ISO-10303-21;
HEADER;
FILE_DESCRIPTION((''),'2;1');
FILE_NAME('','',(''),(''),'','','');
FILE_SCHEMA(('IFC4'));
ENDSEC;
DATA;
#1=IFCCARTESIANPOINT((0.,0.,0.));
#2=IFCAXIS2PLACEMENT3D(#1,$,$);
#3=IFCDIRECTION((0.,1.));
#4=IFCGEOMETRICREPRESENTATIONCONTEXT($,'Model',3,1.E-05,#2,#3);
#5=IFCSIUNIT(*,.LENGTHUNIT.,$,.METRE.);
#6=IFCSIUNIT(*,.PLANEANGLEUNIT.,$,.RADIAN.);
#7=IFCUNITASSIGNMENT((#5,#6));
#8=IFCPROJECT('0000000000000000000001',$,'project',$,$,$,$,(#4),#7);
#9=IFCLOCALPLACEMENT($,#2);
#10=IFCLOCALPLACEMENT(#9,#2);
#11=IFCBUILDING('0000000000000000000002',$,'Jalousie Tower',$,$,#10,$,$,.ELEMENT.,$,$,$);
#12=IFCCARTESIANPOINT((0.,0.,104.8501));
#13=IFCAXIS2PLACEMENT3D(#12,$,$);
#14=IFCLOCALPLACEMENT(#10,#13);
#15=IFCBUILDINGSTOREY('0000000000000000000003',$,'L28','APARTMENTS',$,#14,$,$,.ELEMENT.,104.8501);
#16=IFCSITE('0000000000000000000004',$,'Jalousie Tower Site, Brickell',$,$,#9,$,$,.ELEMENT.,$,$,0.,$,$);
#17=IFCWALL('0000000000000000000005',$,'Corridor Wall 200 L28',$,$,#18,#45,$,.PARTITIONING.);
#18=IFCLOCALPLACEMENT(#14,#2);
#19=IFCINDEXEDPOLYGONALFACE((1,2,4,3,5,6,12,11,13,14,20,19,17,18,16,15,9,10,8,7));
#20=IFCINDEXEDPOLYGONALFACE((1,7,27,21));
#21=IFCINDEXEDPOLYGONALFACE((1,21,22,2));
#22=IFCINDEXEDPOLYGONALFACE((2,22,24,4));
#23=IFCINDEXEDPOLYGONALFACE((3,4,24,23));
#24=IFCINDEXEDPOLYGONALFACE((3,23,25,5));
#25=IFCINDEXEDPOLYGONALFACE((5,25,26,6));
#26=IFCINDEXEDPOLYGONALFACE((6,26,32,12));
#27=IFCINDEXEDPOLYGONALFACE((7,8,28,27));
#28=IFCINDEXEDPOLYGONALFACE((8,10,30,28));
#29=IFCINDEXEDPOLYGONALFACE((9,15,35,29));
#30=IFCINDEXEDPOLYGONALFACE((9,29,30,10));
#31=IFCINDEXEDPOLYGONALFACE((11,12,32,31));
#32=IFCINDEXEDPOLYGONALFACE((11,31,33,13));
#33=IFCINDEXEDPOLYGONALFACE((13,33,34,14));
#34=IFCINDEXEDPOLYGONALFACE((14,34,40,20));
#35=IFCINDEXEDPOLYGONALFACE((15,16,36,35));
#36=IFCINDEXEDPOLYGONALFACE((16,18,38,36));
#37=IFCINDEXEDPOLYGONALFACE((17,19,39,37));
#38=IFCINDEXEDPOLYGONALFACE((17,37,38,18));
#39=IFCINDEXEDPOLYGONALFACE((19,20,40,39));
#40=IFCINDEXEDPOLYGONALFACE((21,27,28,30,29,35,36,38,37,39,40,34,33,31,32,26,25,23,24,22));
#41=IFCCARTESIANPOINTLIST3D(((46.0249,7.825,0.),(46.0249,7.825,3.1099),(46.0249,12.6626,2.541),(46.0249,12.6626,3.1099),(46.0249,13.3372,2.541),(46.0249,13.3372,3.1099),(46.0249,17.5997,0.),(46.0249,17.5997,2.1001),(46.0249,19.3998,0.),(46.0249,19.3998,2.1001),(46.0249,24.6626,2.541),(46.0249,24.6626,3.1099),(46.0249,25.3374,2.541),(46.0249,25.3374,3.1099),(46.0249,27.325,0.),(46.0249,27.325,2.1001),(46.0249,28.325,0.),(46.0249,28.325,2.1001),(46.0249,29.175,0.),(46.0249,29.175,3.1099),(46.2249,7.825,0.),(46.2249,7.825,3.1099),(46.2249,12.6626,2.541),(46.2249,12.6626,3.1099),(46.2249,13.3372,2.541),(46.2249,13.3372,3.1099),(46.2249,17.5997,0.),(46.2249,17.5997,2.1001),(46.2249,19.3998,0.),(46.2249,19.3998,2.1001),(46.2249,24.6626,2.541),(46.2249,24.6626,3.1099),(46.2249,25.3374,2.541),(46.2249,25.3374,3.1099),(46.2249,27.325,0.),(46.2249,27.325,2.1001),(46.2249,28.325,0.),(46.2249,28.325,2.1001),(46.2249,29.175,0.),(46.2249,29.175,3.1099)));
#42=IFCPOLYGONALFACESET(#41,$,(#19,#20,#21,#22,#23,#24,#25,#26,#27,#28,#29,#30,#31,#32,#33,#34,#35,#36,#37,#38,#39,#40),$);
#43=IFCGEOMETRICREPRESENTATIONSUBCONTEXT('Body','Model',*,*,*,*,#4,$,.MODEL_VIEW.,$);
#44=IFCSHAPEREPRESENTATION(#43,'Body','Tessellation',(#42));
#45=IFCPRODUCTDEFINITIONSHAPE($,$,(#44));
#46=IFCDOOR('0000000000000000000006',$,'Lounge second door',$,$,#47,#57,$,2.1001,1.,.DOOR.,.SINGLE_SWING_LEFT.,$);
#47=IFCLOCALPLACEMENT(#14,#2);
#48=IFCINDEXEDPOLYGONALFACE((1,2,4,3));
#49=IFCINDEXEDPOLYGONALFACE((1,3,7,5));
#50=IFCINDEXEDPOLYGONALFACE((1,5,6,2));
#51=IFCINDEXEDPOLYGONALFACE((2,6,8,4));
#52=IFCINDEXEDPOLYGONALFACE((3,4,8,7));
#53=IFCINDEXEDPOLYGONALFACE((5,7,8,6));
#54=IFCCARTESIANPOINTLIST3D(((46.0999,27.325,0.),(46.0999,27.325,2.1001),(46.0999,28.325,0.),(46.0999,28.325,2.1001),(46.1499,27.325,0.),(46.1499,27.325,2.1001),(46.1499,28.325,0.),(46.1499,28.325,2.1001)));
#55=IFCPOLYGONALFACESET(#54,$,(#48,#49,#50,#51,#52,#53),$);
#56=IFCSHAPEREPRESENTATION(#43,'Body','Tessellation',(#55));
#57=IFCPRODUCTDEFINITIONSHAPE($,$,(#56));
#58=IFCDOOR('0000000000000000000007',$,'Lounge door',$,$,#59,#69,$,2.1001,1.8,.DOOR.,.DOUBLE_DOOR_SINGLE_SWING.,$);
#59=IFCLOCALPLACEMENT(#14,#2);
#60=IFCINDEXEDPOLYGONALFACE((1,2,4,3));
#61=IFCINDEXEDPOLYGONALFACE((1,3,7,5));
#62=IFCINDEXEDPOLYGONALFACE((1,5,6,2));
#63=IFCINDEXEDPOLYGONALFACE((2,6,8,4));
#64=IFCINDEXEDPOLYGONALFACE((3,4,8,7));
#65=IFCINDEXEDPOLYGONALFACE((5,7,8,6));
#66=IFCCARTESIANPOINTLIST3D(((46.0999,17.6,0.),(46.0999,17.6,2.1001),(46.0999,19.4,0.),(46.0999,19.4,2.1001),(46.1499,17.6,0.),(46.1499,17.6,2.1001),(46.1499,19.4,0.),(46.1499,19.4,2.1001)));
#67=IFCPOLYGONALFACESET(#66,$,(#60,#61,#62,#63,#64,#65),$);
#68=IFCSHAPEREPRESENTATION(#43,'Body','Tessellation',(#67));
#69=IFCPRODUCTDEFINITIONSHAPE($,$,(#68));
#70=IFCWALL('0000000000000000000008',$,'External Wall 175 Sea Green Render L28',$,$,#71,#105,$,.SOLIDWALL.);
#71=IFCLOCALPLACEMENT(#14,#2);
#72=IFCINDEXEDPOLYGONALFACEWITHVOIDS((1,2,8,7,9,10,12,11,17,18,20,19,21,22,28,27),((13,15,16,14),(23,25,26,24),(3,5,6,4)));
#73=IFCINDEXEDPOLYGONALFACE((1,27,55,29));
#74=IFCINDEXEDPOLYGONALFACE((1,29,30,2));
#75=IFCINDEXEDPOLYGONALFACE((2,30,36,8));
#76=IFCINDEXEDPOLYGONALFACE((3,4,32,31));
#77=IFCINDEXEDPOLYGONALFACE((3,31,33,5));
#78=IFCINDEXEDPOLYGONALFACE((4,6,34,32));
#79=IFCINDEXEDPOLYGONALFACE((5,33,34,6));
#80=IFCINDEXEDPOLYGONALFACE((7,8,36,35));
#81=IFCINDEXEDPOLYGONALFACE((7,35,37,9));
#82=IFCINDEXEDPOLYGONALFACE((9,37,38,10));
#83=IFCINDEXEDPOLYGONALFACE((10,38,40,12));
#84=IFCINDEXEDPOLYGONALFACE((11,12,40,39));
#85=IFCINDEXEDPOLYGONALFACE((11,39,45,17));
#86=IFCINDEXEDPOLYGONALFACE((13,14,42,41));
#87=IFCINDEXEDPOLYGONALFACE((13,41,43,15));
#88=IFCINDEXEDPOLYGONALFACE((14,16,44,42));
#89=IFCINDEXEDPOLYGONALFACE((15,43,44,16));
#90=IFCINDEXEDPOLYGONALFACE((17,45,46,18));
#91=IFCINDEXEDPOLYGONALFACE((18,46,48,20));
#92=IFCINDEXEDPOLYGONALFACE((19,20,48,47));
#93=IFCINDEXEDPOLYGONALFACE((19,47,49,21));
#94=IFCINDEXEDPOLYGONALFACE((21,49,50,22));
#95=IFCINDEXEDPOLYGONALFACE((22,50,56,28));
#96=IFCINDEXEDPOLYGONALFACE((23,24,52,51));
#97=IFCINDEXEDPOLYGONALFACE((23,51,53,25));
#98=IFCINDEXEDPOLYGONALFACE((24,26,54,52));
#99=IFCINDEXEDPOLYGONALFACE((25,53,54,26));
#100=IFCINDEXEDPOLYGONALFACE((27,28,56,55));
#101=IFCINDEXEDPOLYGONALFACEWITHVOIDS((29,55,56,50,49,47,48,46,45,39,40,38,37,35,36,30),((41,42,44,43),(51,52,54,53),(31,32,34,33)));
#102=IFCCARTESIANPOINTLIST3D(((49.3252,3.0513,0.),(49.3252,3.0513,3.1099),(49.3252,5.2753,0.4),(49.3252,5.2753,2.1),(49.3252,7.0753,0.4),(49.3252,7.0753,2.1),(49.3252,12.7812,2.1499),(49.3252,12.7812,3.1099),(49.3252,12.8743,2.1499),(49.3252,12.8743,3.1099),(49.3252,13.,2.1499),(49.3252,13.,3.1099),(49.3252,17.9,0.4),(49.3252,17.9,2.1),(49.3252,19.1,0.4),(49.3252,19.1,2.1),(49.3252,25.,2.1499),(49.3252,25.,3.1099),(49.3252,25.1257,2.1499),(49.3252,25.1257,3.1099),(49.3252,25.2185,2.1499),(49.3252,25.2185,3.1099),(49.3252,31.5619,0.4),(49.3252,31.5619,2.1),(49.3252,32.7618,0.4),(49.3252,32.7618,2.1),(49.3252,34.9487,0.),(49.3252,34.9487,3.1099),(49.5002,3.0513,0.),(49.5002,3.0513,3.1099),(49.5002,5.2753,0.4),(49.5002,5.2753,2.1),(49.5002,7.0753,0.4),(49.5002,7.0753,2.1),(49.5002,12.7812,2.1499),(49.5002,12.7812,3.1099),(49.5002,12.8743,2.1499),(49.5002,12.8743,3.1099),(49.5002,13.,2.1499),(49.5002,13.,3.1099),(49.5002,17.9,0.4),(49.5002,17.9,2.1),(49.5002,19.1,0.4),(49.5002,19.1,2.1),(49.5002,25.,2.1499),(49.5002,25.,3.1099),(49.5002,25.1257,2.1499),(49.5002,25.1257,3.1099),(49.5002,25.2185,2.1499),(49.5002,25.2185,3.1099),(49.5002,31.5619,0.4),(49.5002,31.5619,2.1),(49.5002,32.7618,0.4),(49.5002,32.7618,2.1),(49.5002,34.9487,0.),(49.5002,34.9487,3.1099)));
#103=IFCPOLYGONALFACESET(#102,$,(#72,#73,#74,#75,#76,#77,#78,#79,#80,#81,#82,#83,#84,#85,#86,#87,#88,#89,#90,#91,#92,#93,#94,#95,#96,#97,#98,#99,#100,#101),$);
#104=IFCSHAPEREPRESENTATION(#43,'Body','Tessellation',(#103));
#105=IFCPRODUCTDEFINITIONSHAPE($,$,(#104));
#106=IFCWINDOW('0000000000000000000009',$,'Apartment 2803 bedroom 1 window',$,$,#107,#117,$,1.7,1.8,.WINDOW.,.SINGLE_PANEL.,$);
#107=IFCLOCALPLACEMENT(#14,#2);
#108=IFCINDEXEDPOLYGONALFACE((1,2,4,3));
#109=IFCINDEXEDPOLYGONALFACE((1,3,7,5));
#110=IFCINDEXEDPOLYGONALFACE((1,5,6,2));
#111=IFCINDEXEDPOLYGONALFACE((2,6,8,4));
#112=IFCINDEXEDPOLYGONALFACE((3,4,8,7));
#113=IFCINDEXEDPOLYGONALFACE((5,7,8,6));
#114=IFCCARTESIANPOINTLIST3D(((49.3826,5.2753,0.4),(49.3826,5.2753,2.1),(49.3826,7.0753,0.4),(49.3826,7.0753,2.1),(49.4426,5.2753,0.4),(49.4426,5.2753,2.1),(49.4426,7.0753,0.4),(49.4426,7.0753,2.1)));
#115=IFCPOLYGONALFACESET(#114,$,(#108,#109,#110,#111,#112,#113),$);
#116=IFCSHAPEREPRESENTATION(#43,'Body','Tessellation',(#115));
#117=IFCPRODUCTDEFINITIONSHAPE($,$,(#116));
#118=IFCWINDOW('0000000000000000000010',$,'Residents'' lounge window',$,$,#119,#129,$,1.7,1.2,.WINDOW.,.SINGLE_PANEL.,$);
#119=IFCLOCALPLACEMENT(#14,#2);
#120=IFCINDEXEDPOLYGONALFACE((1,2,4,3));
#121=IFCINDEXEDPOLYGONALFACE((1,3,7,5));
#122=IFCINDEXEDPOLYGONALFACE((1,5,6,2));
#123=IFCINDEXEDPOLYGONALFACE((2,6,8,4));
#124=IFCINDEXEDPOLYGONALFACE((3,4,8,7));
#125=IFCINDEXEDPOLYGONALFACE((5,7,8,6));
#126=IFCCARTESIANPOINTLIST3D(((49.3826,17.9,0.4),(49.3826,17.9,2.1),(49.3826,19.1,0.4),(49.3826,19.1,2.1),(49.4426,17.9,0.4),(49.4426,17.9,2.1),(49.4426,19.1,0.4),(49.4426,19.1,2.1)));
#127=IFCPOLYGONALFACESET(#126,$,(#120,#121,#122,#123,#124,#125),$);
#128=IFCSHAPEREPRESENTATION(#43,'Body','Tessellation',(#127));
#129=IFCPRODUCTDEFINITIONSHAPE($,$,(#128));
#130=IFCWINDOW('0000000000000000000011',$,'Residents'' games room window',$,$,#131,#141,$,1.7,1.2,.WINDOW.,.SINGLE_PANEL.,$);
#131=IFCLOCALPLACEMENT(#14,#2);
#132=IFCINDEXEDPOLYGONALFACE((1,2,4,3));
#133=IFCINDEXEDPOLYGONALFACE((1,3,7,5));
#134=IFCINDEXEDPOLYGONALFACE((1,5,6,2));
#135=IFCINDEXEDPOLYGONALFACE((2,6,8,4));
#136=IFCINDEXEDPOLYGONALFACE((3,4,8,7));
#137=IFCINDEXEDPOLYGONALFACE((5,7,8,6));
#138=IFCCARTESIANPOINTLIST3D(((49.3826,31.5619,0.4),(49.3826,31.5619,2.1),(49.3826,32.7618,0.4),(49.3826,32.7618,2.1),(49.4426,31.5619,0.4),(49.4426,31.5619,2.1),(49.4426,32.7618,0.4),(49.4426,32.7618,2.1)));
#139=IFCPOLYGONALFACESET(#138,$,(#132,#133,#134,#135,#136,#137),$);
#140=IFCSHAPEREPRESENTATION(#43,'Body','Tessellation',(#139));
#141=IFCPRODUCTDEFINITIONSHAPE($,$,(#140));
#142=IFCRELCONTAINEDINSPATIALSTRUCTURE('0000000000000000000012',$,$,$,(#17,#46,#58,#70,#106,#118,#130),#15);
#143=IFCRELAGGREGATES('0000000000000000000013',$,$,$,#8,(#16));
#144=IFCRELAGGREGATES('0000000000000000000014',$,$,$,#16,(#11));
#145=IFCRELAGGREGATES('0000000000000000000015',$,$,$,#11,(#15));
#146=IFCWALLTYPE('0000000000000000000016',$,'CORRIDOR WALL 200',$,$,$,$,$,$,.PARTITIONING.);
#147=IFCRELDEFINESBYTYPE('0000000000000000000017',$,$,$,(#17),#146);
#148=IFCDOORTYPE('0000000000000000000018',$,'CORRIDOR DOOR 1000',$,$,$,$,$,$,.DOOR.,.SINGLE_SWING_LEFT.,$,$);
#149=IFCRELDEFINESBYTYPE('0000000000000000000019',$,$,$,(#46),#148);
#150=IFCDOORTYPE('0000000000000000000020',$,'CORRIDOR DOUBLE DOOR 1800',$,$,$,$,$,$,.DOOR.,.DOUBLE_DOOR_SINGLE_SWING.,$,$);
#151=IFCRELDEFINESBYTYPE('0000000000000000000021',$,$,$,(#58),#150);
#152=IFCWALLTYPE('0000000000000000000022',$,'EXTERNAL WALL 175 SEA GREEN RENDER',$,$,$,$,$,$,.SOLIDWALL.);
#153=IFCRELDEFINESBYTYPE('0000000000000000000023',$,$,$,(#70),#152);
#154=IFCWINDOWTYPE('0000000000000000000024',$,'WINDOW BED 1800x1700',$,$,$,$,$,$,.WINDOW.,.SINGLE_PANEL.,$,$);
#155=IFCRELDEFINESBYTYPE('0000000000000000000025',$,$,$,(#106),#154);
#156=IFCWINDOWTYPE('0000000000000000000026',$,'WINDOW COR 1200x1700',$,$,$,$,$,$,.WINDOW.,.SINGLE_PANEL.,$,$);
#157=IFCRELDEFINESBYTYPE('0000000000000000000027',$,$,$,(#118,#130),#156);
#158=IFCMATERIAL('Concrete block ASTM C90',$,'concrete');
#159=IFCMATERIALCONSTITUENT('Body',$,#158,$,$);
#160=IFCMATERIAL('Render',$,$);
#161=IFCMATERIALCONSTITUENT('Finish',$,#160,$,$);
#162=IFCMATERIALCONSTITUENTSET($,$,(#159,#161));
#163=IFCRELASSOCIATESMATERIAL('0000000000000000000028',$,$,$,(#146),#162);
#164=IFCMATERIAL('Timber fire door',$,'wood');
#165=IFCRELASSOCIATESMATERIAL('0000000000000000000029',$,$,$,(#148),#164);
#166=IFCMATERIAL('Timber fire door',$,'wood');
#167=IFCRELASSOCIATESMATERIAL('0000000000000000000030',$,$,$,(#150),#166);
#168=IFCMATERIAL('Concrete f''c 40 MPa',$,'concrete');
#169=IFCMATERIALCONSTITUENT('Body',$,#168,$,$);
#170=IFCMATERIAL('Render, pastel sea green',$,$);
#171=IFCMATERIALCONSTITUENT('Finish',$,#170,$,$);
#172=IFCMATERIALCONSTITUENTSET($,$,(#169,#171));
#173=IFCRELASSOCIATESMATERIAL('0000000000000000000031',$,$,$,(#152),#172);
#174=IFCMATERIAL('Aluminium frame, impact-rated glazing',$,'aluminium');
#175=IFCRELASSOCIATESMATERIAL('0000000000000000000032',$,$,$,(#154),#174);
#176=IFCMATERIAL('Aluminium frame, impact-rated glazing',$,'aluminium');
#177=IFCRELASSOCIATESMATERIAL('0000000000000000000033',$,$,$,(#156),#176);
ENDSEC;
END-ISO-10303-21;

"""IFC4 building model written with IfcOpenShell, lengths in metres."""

from ifc_helpers import new_model, si_unit, direction, frame, frame_2d, origin, place, context, subcontext, project, spatial, polyline, rectangle, outline, extrude, material, constituent, constituent_set, type_object, element, fill, save


model = new_model("IFC4")

# Units and contexts
model_context = context("Model", 3, precision=1e-05, world=origin(), true_north=direction((0.0, 1.0)))
body_context = subcontext(model_context, "Body", "Model", "MODEL_VIEW")
ifc_project = project(units=[si_unit("LENGTHUNIT", "METRE"), si_unit("PLANEANGLEUNIT", "RADIAN")], contexts=[model_context])

# Site, building, storey
site_placement = place(None, origin())
site = spatial("IfcSite", under=ifc_project, at=site_placement, Name="Jalousie Tower Site, Brickell", CompositionType="ELEMENT", RefElevation=0.0)
building_placement = place(site_placement, origin())
building = spatial("IfcBuilding", under=site, at=building_placement, Name="Jalousie Tower", CompositionType="ELEMENT")
storey_placement = place(building_placement, frame((0.0, 0.0, 104.8501)))
storey = spatial("IfcBuildingStorey", under=building, at=storey_placement, Name="L28", Description="APARTMENTS", CompositionType="ELEMENT", Elevation=104.8501)

# Wall, openings, doors
ifc_material_1 = material(Name="Concrete block ASTM C90", Category="concrete")
ifc_constituent_1 = constituent(ifc_material_1, Name="Body")
ifc_material_2 = material(Name="Render")
ifc_constituent_2 = constituent(ifc_material_2, Name="Finish")
ifc_constituent_set_1 = constituent_set(constituents=[ifc_constituent_1, ifc_constituent_2])
wall_type_1 = type_object("IfcWallType", Name="CORRIDOR WALL 200", PredefinedType="PARTITIONING", material=ifc_constituent_set_1)
wall_1_placement = place(storey_placement, frame((46.125, 7.825, 0.0), z_axis=(0.0, 0.0, 1.0), x_axis=(0.0, 1.0, 0.0)))
wall_1 = element("IfcWall", 1, at=wall_1_placement, inside=storey, type_object=wall_type_1, Name="Corridor Wall 200 L28", PredefinedType="PARTITIONING", context=body_context, shape_type="SweptSolid", body=[
    extrude(outline(polyline([(0.0, 0.0), (21.3501, 0.0), (21.3501, 3.1099), (17.5125, 3.1099), (17.5125, 2.541), (16.8376, 2.541), (16.8376, 3.1099), (5.5122, 3.1099), (5.5122, 2.541), (4.8376, 2.541), (4.8376, 3.1099), (0.0, 3.1099), (0.0, 0.0)])), frame((0.0, 0.1001, 0.0), z_axis=(0.0, -1.0, 0.0), x_axis=(1.0, 0.0, 0.0)), (0.0, 0.0, 1.0), 0.2),
])
opening_1_placement = place(wall_1_placement, frame((9.7749, 0.0, 0.0)))
opening_1 = element("IfcOpeningElement", 2, at=opening_1_placement, cuts=wall_1, PredefinedType="OPENING", context=body_context, shape_type="SweptSolid", body=[
    extrude(rectangle(XDim=1.8, YDim=2.1001, at=frame_2d((0.8999, 1.05))), frame((0.0, 0.1099, 0.0), z_axis=(0.0, -1.0, 0.0), x_axis=(1.0, 0.0, 0.0)), (0.0, 0.0, 1.0), 0.22),
])
opening_2_placement = place(wall_1_placement, frame((19.5, 0.0, 0.0)))
opening_2 = element("IfcOpeningElement", 3, at=opening_2_placement, cuts=wall_1, PredefinedType="OPENING", context=body_context, shape_type="SweptSolid", body=[
    extrude(rectangle(XDim=1.0, YDim=2.1001, at=frame_2d((0.5, 1.05))), frame((0.0, 0.1099, 0.0), z_axis=(0.0, -1.0, 0.0), x_axis=(1.0, 0.0, 0.0)), (0.0, 0.0, 1.0), 0.22),
])
ifc_material_3 = material(Name="Timber fire door", Category="wood")
door_type_1 = type_object("IfcDoorType", Name="CORRIDOR DOOR 1000", OperationType="SINGLE_SWING_LEFT", PredefinedType="DOOR", material=ifc_material_3)
door_1_placement = place(opening_2_placement, frame((1.0, 0.0, 0.0), z_axis=(0.0, 0.0, 1.0), x_axis=(-1.0, 0.0, 0.0)))
door_1 = element("IfcDoor", 4, at=door_1_placement, inside=storey, type_object=door_type_1, Name="Lounge second door", OperationType="SINGLE_SWING_LEFT", OverallHeight=2.1001, OverallWidth=1.0, PredefinedType="DOOR", context=body_context, shape_type="SweptSolid", body=[
    extrude(rectangle(XDim=1.0, YDim=2.1001, at=frame_2d((0.5, 1.05))), frame((0.0, 0.0249, 0.0), z_axis=(0.0, -1.0, 0.0), x_axis=(1.0, 0.0, 0.0)), (0.0, 0.0, 1.0), 0.05),
])
fill(opening_2, door_1)
ifc_material_4 = material(Name="Timber fire door", Category="wood")
door_type_2 = type_object("IfcDoorType", Name="CORRIDOR DOUBLE DOOR 1800", OperationType="DOUBLE_DOOR_SINGLE_SWING", PredefinedType="DOOR", material=ifc_material_4)
door_2_placement = place(opening_1_placement, frame((1.8, 0.0, 0.0), z_axis=(0.0, 0.0, 1.0), x_axis=(-1.0, 0.0, 0.0)))
door_2 = element("IfcDoor", 5, at=door_2_placement, inside=storey, type_object=door_type_2, Name="Lounge door", OperationType="DOUBLE_DOOR_SINGLE_SWING", OverallHeight=2.1001, OverallWidth=1.8, PredefinedType="DOOR", context=body_context, shape_type="SweptSolid", body=[
    extrude(rectangle(XDim=1.8, YDim=2.1001, at=frame_2d((0.8999, 1.05))), frame((0.0, 0.0249, 0.0), z_axis=(0.0, -1.0, 0.0), x_axis=(1.0, 0.0, 0.0)), (0.0, 0.0, 1.0), 0.05),
])
fill(opening_1, door_2)

# Wall, openings, windows
ifc_material_5 = material(Name="Concrete f'c 40 MPa", Category="concrete")
ifc_constituent_3 = constituent(ifc_material_5, Name="Body")
ifc_material_6 = material(Name="Render, pastel sea green")
ifc_constituent_4 = constituent(ifc_material_6, Name="Finish")
ifc_constituent_set_2 = constituent_set(constituents=[ifc_constituent_3, ifc_constituent_4])
wall_type_2 = type_object("IfcWallType", Name="EXTERNAL WALL 175 SEA GREEN RENDER", PredefinedType="SOLIDWALL", material=ifc_constituent_set_2)
wall_2_placement = place(storey_placement, frame((49.4126, 3.0513, 0.0), z_axis=(0.0, 0.0, 1.0), x_axis=(0.0, 1.0, 0.0)))
wall_2 = element("IfcWall", 6, at=wall_2_placement, inside=storey, type_object=wall_type_2, Name="External Wall 175 Sea Green Render L28", PredefinedType="SOLIDWALL", context=body_context, shape_type="SweptSolid", body=[
    extrude(outline(polyline([(0.0, 0.0), (31.8975, 0.0), (31.8975, 3.1099), (22.1672, 3.1099), (22.1672, 2.1499), (22.0745, 2.1499), (22.0745, 3.1099), (21.9487, 3.1099), (21.9487, 2.1499), (9.9487, 2.1499), (9.9487, 3.1099), (9.823, 3.1099), (9.823, 2.1499), (9.73, 2.1499), (9.73, 3.1099), (0.0, 3.1099), (0.0, 0.0)])), frame((0.0, 0.0874, 0.0), z_axis=(0.0, -1.0, 0.0), x_axis=(1.0, 0.0, 0.0)), (0.0, 0.0, 1.0), 0.175),
])
opening_3_placement = place(wall_2_placement, frame((2.2241, 0.0, 0.3999)))
opening_3 = element("IfcOpeningElement", 7, at=opening_3_placement, cuts=wall_2, PredefinedType="OPENING", context=body_context, shape_type="SweptSolid", body=[
    extrude(rectangle(XDim=1.8, YDim=1.7, at=frame_2d((0.8999, 0.8501))), frame((0.0, 0.0974, 0.0), z_axis=(0.0, -1.0, 0.0), x_axis=(1.0, 0.0, 0.0)), (0.0, 0.0, 1.0), 0.1951),
])
opening_4_placement = place(wall_2_placement, frame((14.8486, 0.0, 0.3999)))
opening_4 = element("IfcOpeningElement", 8, at=opening_4_placement, cuts=wall_2, PredefinedType="OPENING", context=body_context, shape_type="SweptSolid", body=[
    extrude(rectangle(XDim=1.2, YDim=1.7, at=frame_2d((0.6001, 0.8501))), frame((0.0, 0.0974, 0.0), z_axis=(0.0, -1.0, 0.0), x_axis=(1.0, 0.0, 0.0)), (0.0, 0.0, 1.0), 0.1951),
])
opening_5_placement = place(wall_2_placement, frame((28.5105, 0.0, 0.3999)))
opening_5 = element("IfcOpeningElement", 9, at=opening_5_placement, cuts=wall_2, PredefinedType="OPENING", context=body_context, shape_type="SweptSolid", body=[
    extrude(rectangle(XDim=1.2, YDim=1.7, at=frame_2d((0.6001, 0.8501))), frame((0.0, 0.0974, 0.0), z_axis=(0.0, -1.0, 0.0), x_axis=(1.0, 0.0, 0.0)), (0.0, 0.0, 1.0), 0.1951),
])
ifc_material_7 = material(Name="Aluminium frame, impact-rated glazing", Category="aluminium")
window_type_1 = type_object("IfcWindowType", Name="WINDOW BED 1800x1700", PartitioningType="SINGLE_PANEL", PredefinedType="WINDOW", material=ifc_material_7)
window_1_placement = place(opening_3_placement, origin())
window_1 = element("IfcWindow", 10, at=window_1_placement, inside=storey, type_object=window_type_1, Name="Apartment 2803 bedroom 1 window", OverallHeight=1.7, OverallWidth=1.8, PartitioningType="SINGLE_PANEL", PredefinedType="WINDOW", context=body_context, shape_type="SweptSolid", body=[
    extrude(rectangle(XDim=1.8, YDim=1.7, at=frame_2d((0.8999, 0.8501))), frame((0.0, 0.03, 0.0), z_axis=(0.0, -1.0, 0.0), x_axis=(1.0, 0.0, 0.0)), (0.0, 0.0, 1.0), 0.0601),
])
fill(opening_3, window_1)
ifc_material_8 = material(Name="Aluminium frame, impact-rated glazing", Category="aluminium")
window_type_2 = type_object("IfcWindowType", Name="WINDOW COR 1200x1700", PartitioningType="SINGLE_PANEL", PredefinedType="WINDOW", material=ifc_material_8)
window_2_placement = place(opening_4_placement, origin())
window_2 = element("IfcWindow", 11, at=window_2_placement, inside=storey, type_object=window_type_2, Name="Residents' lounge window", OverallHeight=1.7, OverallWidth=1.2, PartitioningType="SINGLE_PANEL", PredefinedType="WINDOW", context=body_context, shape_type="SweptSolid", body=[
    extrude(rectangle(XDim=1.2, YDim=1.7, at=frame_2d((0.6001, 0.8501))), frame((0.0, 0.03, 0.0), z_axis=(0.0, -1.0, 0.0), x_axis=(1.0, 0.0, 0.0)), (0.0, 0.0, 1.0), 0.0601),
])
fill(opening_4, window_2)
window_3_placement = place(opening_5_placement, origin())
window_3 = element("IfcWindow", 12, at=window_3_placement, inside=storey, type_object=window_type_2, Name="Residents' games room window", OverallHeight=1.7, OverallWidth=1.2, PartitioningType="SINGLE_PANEL", PredefinedType="WINDOW", context=body_context, shape_type="SweptSolid", body=[
    extrude(rectangle(XDim=1.2, YDim=1.7, at=frame_2d((0.6001, 0.8501))), frame((0.0, 0.03, 0.0), z_axis=(0.0, -1.0, 0.0), x_axis=(1.0, 0.0, 0.0)), (0.0, 0.0, 1.0), 0.0601),
])
fill(opening_5, window_3)

save(model, "model.ifc")
